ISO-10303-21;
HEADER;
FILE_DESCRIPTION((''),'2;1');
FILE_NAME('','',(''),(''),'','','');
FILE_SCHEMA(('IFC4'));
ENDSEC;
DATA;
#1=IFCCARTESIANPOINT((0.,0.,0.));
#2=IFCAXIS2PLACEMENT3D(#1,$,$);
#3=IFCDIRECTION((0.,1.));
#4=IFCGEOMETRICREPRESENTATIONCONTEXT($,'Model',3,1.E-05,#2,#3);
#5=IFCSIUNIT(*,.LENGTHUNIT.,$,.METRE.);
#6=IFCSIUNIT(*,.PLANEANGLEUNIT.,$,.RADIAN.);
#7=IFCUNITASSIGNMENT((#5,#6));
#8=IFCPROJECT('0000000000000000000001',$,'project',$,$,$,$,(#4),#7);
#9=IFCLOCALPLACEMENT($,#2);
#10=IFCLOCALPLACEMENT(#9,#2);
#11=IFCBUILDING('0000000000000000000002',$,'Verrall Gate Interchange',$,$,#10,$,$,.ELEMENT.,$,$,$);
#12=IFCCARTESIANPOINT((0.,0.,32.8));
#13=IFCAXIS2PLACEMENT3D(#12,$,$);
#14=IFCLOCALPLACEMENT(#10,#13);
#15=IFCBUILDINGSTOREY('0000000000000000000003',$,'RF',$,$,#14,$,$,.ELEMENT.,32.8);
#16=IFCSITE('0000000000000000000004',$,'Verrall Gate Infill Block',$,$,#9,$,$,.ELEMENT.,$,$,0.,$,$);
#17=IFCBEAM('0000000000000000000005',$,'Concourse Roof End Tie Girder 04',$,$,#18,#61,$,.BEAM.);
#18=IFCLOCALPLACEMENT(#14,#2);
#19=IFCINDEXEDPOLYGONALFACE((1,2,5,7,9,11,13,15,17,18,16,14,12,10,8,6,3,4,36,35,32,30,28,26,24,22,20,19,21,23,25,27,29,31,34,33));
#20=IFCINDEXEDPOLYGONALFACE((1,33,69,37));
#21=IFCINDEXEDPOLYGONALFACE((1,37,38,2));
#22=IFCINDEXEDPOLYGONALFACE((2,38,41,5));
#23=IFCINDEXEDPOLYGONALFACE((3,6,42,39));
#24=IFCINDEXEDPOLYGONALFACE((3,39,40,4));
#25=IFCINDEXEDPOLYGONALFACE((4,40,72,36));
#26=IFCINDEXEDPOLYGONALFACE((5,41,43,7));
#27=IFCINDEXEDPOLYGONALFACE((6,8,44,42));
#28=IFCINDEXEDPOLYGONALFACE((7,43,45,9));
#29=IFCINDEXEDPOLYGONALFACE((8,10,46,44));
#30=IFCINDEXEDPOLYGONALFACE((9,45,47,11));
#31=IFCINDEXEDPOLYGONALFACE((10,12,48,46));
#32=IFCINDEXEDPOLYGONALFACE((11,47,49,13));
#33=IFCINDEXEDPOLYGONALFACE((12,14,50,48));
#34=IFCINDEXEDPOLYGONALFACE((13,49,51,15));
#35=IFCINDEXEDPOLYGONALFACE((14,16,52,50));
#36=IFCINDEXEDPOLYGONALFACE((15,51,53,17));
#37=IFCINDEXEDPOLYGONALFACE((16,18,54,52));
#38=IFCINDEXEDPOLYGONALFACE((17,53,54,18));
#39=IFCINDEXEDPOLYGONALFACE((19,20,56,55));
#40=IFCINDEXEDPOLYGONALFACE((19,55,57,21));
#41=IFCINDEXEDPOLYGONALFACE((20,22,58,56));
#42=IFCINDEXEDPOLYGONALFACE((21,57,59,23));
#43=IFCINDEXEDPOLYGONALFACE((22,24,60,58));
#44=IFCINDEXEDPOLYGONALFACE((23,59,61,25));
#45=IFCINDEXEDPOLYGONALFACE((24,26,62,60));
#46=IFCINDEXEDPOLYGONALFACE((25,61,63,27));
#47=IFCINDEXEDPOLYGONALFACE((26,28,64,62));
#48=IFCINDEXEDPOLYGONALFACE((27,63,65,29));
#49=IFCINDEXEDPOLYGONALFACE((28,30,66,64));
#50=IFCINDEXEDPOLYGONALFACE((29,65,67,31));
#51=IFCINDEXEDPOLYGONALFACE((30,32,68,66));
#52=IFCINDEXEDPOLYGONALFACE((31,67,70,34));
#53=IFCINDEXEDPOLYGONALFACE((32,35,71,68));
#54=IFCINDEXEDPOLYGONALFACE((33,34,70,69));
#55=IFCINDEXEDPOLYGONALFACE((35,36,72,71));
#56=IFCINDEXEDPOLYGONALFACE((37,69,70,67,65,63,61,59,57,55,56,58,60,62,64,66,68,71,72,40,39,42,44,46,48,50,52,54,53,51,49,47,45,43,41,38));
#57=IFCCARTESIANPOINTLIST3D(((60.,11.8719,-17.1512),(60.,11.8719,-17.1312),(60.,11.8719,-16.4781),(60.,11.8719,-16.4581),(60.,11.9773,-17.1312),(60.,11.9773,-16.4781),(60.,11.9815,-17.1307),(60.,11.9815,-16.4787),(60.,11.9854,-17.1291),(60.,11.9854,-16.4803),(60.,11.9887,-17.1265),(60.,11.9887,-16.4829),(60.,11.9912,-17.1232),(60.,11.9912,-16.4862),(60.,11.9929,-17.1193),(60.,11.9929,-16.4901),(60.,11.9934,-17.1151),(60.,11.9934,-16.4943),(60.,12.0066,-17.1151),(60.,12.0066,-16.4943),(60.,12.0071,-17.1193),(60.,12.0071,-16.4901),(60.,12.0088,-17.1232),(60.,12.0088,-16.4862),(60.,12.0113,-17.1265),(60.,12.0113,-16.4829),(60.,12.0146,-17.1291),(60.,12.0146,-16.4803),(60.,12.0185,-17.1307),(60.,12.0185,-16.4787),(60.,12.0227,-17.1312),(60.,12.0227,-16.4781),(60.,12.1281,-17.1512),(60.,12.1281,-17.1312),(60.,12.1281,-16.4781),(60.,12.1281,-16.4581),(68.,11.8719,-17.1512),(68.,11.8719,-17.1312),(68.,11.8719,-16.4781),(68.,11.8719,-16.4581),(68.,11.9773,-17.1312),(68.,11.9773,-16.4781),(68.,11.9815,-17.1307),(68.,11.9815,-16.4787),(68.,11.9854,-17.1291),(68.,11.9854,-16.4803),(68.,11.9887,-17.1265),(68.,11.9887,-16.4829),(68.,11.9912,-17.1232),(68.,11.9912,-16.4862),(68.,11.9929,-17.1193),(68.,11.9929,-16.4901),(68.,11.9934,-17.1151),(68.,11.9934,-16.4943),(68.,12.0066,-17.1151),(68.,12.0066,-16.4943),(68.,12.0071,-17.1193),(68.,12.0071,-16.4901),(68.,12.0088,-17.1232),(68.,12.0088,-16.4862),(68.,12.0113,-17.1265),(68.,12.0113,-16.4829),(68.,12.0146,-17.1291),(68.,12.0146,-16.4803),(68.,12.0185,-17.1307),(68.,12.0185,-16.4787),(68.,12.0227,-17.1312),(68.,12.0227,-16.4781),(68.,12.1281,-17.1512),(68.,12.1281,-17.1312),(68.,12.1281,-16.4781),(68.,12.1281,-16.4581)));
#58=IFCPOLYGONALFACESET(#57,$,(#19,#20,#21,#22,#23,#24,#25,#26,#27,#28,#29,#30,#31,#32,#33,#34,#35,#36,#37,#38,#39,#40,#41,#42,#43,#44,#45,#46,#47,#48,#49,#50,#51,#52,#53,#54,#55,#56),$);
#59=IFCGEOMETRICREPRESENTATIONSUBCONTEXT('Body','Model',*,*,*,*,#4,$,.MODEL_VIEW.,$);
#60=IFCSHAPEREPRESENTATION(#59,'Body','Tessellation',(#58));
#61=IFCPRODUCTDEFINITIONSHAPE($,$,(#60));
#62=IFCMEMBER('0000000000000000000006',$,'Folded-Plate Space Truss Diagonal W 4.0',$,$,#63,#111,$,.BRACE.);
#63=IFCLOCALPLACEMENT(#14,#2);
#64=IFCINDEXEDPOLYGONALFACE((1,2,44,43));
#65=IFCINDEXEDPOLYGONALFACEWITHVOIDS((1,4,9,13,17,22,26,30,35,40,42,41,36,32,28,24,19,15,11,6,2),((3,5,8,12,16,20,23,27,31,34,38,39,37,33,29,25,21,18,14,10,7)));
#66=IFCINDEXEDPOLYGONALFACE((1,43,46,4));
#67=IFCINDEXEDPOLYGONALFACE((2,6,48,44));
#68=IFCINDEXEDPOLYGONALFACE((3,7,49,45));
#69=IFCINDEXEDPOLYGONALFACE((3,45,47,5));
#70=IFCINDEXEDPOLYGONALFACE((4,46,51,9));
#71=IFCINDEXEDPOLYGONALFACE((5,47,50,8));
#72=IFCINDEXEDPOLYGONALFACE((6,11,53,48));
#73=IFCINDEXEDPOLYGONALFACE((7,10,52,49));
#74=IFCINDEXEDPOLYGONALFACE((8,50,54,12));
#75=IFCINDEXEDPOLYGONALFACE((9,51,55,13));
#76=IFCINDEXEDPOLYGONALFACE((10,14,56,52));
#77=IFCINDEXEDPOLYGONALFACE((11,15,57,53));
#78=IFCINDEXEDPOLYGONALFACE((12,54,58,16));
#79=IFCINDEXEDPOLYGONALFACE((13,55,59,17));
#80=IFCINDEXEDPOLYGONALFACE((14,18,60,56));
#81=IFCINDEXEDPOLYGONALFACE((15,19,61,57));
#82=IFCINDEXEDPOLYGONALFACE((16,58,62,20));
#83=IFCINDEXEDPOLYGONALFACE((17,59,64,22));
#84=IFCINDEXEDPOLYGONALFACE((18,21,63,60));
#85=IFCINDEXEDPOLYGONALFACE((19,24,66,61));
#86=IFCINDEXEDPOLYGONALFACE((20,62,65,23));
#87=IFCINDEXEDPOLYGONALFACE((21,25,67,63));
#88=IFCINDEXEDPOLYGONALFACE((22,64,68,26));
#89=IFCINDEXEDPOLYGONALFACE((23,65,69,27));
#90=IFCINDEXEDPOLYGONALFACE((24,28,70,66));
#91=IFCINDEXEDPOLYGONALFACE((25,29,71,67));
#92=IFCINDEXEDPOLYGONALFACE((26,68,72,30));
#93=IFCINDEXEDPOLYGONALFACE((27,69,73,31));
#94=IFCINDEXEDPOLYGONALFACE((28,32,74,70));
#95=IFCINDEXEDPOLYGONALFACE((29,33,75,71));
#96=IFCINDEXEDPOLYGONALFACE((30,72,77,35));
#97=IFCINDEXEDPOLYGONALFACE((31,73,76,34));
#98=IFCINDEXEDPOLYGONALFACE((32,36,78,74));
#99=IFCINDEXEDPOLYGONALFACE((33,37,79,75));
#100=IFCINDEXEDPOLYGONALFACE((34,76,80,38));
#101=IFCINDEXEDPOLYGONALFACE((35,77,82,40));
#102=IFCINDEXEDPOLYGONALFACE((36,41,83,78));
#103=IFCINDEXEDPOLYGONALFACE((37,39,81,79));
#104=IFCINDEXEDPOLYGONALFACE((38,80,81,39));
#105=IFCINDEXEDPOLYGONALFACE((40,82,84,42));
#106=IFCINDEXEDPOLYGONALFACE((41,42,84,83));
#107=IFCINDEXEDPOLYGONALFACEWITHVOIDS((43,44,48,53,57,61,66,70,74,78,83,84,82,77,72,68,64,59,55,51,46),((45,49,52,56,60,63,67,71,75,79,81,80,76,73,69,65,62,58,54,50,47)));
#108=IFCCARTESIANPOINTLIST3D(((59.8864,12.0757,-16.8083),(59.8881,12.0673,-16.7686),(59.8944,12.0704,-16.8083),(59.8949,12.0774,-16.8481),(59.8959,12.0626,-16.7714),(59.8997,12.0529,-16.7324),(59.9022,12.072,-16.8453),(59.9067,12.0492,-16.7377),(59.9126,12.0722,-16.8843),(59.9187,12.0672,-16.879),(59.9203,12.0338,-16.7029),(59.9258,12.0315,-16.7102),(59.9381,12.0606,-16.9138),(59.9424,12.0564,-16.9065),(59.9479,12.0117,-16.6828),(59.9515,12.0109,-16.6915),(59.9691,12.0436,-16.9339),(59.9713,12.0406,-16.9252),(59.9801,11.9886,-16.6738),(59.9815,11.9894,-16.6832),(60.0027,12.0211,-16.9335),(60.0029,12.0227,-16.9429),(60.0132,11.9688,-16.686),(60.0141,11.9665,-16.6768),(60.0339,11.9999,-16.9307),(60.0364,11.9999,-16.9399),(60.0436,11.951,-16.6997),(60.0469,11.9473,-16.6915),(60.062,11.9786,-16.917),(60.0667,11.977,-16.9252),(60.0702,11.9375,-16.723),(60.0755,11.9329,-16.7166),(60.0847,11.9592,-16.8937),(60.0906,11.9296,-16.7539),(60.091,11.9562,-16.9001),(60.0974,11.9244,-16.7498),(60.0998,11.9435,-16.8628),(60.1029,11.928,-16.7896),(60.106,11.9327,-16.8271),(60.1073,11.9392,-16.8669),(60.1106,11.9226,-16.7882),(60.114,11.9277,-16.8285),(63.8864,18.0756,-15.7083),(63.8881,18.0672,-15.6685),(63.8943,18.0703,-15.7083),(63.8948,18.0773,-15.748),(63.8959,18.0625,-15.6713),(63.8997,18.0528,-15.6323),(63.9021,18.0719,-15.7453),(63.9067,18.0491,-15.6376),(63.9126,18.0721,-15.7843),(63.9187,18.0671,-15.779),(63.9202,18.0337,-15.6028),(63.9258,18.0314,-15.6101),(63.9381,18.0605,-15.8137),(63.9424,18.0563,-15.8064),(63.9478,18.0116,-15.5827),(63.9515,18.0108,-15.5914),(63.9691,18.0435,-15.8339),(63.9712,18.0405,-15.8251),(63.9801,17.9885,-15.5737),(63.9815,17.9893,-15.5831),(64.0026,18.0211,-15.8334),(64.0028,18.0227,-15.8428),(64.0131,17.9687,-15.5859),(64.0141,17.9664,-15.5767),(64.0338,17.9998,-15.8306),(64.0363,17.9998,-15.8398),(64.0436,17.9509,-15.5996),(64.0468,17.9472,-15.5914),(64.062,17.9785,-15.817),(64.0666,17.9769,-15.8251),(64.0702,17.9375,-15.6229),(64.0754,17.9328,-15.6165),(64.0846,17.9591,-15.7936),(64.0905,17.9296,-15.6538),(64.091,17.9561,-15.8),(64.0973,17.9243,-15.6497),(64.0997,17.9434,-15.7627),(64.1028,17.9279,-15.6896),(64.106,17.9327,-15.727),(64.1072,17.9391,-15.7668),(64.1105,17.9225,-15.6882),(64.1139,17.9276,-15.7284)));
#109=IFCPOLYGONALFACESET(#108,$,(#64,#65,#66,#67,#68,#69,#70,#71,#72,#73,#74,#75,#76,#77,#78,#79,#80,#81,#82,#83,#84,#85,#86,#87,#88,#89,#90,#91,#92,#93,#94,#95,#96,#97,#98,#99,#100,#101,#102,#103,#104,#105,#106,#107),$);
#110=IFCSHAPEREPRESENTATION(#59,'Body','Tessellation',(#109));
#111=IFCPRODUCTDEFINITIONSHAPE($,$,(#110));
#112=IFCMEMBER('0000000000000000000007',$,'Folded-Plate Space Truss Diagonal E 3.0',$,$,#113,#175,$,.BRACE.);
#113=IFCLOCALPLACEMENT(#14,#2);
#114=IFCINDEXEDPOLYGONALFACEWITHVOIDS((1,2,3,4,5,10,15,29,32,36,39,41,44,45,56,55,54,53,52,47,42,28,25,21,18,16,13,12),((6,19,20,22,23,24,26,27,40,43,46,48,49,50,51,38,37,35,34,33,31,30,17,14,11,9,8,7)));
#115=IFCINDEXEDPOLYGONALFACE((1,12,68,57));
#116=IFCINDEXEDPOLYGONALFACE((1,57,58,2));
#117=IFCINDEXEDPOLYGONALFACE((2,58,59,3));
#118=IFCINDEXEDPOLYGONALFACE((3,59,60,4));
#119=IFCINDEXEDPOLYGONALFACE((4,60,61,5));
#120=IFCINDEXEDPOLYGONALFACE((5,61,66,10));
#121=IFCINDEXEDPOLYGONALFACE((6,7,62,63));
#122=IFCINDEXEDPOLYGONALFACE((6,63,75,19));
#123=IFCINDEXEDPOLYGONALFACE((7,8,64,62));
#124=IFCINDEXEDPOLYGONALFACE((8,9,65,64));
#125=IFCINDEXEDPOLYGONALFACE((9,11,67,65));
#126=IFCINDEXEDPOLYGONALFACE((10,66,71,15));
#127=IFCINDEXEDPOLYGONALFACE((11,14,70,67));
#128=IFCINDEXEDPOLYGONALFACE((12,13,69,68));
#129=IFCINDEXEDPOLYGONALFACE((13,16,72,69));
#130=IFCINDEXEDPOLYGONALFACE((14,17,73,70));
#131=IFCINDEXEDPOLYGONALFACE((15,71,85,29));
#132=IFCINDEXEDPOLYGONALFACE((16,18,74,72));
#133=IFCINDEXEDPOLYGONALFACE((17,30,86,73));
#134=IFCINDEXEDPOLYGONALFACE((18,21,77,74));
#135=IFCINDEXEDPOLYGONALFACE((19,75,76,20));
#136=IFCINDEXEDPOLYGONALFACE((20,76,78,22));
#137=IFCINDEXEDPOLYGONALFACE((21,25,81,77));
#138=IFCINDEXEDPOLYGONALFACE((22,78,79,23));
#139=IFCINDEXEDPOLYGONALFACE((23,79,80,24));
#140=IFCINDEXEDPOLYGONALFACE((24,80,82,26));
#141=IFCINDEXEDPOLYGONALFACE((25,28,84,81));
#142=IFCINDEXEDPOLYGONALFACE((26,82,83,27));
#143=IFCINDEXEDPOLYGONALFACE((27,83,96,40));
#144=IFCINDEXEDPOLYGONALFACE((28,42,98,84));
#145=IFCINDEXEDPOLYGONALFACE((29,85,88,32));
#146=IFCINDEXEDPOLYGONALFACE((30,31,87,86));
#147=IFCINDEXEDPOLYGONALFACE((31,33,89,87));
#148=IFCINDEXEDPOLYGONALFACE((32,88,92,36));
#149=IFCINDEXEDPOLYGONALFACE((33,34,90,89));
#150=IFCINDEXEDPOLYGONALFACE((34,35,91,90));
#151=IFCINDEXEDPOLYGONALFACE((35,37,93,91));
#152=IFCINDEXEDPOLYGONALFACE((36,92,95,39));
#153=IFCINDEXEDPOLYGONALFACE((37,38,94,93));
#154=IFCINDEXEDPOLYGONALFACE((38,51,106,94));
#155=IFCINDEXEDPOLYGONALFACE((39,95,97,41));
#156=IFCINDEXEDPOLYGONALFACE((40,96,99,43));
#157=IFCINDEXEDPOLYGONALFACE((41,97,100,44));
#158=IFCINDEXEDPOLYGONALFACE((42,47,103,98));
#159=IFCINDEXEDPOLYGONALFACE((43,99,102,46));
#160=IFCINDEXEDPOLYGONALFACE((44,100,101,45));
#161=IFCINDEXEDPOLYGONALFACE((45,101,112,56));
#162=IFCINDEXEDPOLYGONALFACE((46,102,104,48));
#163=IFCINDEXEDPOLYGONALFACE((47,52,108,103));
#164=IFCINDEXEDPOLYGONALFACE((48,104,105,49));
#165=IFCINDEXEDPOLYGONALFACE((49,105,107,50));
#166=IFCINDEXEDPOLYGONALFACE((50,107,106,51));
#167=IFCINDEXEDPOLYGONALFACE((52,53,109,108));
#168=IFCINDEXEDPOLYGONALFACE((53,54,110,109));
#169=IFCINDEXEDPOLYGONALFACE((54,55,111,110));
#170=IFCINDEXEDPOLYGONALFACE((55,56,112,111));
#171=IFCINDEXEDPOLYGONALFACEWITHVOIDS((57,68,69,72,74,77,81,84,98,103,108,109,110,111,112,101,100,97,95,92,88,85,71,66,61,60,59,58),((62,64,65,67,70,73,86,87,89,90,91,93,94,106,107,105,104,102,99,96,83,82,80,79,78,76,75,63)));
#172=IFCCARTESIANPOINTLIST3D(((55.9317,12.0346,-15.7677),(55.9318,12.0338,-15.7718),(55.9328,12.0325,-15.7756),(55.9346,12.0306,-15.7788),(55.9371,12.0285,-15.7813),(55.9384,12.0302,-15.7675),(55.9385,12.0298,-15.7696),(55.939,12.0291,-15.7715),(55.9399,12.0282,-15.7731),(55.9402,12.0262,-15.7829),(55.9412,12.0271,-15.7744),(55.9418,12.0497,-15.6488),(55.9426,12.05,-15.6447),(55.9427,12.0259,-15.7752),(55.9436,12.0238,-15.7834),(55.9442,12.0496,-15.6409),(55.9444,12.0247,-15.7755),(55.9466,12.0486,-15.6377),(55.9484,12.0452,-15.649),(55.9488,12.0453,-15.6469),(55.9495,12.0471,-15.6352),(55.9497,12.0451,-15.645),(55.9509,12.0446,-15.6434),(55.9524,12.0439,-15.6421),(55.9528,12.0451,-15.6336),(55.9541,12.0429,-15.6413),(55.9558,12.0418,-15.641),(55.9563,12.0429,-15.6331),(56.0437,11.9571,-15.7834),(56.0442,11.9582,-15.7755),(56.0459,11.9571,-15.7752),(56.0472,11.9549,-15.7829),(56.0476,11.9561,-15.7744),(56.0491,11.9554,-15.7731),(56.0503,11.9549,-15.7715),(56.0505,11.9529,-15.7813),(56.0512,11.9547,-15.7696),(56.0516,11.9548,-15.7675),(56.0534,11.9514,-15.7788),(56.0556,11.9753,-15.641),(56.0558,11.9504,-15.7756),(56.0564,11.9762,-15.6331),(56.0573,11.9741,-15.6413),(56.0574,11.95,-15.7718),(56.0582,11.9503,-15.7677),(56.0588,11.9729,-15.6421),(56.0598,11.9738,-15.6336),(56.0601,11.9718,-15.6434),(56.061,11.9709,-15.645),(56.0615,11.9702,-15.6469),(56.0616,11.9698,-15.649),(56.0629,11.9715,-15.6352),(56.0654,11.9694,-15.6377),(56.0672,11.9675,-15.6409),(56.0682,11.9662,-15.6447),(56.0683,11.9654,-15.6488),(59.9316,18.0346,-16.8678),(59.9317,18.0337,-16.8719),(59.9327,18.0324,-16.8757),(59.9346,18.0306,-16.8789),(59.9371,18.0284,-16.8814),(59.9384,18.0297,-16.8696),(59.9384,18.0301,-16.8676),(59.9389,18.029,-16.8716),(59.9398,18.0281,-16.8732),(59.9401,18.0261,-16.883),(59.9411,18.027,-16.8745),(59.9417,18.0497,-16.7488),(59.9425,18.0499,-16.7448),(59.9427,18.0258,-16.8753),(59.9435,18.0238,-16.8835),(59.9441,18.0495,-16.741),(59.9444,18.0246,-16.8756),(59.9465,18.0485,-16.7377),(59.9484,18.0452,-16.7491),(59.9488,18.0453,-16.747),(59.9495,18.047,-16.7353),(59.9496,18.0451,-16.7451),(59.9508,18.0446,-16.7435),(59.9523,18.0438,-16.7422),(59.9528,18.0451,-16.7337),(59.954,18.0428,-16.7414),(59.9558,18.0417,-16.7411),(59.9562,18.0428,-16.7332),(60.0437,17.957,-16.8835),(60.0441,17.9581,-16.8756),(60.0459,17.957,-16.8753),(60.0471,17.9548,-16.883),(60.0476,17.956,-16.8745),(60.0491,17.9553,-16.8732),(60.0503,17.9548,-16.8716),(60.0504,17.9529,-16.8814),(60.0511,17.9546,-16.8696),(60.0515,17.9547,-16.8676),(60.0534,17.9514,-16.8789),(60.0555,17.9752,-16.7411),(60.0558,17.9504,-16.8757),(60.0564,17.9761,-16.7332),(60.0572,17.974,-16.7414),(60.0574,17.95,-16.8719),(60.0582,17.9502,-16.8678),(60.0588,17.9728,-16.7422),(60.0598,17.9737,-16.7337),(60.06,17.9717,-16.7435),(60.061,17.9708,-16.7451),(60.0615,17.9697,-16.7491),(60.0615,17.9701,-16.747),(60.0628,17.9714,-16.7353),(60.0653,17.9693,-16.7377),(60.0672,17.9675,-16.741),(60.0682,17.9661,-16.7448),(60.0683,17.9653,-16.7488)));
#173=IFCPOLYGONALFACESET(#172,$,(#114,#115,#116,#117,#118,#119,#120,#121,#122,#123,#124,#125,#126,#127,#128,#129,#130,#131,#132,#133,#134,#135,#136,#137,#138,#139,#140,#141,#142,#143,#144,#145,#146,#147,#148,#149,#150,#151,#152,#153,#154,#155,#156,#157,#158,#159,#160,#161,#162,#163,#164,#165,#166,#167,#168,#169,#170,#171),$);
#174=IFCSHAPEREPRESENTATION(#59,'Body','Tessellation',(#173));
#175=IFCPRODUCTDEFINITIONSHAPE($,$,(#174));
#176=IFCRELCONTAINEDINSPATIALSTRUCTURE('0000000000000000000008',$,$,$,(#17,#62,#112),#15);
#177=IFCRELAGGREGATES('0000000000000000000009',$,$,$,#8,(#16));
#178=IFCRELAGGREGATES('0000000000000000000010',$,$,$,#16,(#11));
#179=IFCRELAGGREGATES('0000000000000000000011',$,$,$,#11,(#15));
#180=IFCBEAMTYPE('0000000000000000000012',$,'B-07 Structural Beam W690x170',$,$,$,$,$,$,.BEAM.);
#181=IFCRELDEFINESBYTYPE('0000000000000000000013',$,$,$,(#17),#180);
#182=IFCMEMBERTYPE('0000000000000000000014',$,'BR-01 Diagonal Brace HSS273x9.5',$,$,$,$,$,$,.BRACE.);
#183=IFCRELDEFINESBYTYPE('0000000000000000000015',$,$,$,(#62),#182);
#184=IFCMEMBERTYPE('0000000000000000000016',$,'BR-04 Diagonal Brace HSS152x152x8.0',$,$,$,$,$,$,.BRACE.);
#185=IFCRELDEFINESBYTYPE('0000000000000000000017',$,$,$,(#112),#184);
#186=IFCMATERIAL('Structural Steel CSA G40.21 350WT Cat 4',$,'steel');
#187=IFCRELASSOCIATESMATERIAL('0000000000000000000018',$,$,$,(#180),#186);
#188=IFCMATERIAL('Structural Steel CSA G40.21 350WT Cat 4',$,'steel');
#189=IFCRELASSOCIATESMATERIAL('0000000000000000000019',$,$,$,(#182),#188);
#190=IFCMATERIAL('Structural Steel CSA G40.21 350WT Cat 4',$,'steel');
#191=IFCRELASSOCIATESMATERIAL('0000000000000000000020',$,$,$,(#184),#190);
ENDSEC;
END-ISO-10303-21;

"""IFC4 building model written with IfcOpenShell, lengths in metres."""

from ifc_helpers import new_model, si_unit, direction, frame, origin, origin_2d, place, context, subcontext, project, spatial, hollow_rectangle, hollow_circle, i_section, extrude, material, material_profile, profile_set, type_object, element, save


model = new_model("IFC4")

# Units and contexts
model_context = context("Model", 3, precision=1e-05, world=origin(), true_north=direction((0.0, 1.0)))
body_context = subcontext(model_context, "Body", "Model", "MODEL_VIEW")
ifc_project = project(units=[si_unit("LENGTHUNIT", "METRE"), si_unit("PLANEANGLEUNIT", "RADIAN")], contexts=[model_context])

# Site, building, storey
site_placement = place(None, origin())
site = spatial("IfcSite", under=ifc_project, at=site_placement, Name="Verrall Gate Infill Block", CompositionType="ELEMENT", RefElevation=0.0)
building_placement = place(site_placement, origin())
building = spatial("IfcBuilding", under=site, at=building_placement, Name="Verrall Gate Interchange", CompositionType="ELEMENT")
storey_placement = place(building_placement, frame((0.0, 0.0, 32.8)))
storey = spatial("IfcBuildingStorey", under=building, at=storey_placement, Name="RF", CompositionType="ELEMENT", Elevation=32.8)

# Beam
ifc_material_1 = material(Name="Structural Steel CSA G40.21 350WT Cat 4", Category="steel")
ifc_material_profile_1 = material_profile(ifc_material_1, i_section(OverallWidth=0.2561, OverallDepth=0.6931, WebThickness=0.0132, FlangeThickness=0.02, FilletRadius=0.0161, at=origin_2d()), Name="W690x170")
ifc_profile_set_1 = profile_set([ifc_material_profile_1], Name="Structural Steel CSA G40.21 350WT Cat 4")
beam_type_1 = type_object("IfcBeamType", Name="B-07 Structural Beam W690x170", PredefinedType="BEAM", material=ifc_profile_set_1)
beam_1_placement = place(storey_placement, frame((60.0, 12.0, -16.8047), z_axis=(1.0, 0.0, 0.0), x_axis=(0.0, 1.0, 0.0)))
element("IfcBeam", 1, at=beam_1_placement, inside=storey, type_object=beam_type_1, Name="Concourse Roof End Tie Girder 04", PredefinedType="BEAM", context=body_context, shape_type="SweptSolid", body=[
    extrude(i_section(OverallWidth=0.2561, OverallDepth=0.6931, WebThickness=0.0132, FlangeThickness=0.02, FilletRadius=0.0161, at=origin_2d()), origin(), (0.0, 0.0, 1.0), 8.0),
])

# Members
ifc_material_2 = material(Name="Structural Steel CSA G40.21 350WT Cat 4", Category="steel")
ifc_material_profile_2 = material_profile(ifc_material_2, hollow_circle(Radius=0.1365, WallThickness=0.0095, at=origin_2d()), Name="HSS273x9.5")
ifc_profile_set_2 = profile_set([ifc_material_profile_2], Name="Structural Steel CSA G40.21 350WT Cat 4")
member_type_1 = type_object("IfcMemberType", Name="BR-01 Diagonal Brace HSS273x9.5", PredefinedType="BRACE", material=ifc_profile_set_2)
member_1_placement = place(storey_placement, frame((60.0, 12.0, -16.8083), z_axis=(0.548356, 0.822534, 0.150811), x_axis=(-0.83205, 0.5547, 0.0)))
element("IfcMember", 2, at=member_1_placement, inside=storey, type_object=member_type_1, Name="Folded-Plate Space Truss Diagonal W 4.0", PredefinedType="BRACE", context=body_context, shape_type="SweptSolid", body=[
    extrude(hollow_circle(Radius=0.1365, WallThickness=0.0095, at=origin_2d()), origin(), (0.0, 0.0, 1.0), 7.2944),
])
ifc_material_3 = material(Name="Structural Steel CSA G40.21 350WT Cat 4", Category="steel")
ifc_material_profile_3 = material_profile(ifc_material_3, hollow_rectangle(XDim=0.1521, YDim=0.1521, WallThickness=0.0081, InnerFilletRadius=0.0081, OuterFilletRadius=0.0159, at=origin_2d()), Name="HSS152x152x8.0")
ifc_profile_set_3 = profile_set([ifc_material_profile_3], Name="Structural Steel CSA G40.21 350WT Cat 4")
member_type_2 = type_object("IfcMemberType", Name="BR-04 Diagonal Brace HSS152x152x8.0", PredefinedType="BRACE", material=ifc_profile_set_3)
member_2_placement = place(storey_placement, frame((56.0, 12.0, -15.7083), z_axis=(0.548356, 0.822534, -0.150811), x_axis=(-0.83205, 0.5547, 0.0)))
element("IfcMember", 3, at=member_2_placement, inside=storey, type_object=member_type_2, Name="Folded-Plate Space Truss Diagonal E 3.0", PredefinedType="BRACE", context=body_context, shape_type="SweptSolid", body=[
    extrude(hollow_rectangle(XDim=0.1521, YDim=0.1521, WallThickness=0.0081, InnerFilletRadius=0.0081, OuterFilletRadius=0.0159, at=origin_2d()), origin(), (0.0, 0.0, 1.0), 7.2944),
])

save(model, "model.ifc")
